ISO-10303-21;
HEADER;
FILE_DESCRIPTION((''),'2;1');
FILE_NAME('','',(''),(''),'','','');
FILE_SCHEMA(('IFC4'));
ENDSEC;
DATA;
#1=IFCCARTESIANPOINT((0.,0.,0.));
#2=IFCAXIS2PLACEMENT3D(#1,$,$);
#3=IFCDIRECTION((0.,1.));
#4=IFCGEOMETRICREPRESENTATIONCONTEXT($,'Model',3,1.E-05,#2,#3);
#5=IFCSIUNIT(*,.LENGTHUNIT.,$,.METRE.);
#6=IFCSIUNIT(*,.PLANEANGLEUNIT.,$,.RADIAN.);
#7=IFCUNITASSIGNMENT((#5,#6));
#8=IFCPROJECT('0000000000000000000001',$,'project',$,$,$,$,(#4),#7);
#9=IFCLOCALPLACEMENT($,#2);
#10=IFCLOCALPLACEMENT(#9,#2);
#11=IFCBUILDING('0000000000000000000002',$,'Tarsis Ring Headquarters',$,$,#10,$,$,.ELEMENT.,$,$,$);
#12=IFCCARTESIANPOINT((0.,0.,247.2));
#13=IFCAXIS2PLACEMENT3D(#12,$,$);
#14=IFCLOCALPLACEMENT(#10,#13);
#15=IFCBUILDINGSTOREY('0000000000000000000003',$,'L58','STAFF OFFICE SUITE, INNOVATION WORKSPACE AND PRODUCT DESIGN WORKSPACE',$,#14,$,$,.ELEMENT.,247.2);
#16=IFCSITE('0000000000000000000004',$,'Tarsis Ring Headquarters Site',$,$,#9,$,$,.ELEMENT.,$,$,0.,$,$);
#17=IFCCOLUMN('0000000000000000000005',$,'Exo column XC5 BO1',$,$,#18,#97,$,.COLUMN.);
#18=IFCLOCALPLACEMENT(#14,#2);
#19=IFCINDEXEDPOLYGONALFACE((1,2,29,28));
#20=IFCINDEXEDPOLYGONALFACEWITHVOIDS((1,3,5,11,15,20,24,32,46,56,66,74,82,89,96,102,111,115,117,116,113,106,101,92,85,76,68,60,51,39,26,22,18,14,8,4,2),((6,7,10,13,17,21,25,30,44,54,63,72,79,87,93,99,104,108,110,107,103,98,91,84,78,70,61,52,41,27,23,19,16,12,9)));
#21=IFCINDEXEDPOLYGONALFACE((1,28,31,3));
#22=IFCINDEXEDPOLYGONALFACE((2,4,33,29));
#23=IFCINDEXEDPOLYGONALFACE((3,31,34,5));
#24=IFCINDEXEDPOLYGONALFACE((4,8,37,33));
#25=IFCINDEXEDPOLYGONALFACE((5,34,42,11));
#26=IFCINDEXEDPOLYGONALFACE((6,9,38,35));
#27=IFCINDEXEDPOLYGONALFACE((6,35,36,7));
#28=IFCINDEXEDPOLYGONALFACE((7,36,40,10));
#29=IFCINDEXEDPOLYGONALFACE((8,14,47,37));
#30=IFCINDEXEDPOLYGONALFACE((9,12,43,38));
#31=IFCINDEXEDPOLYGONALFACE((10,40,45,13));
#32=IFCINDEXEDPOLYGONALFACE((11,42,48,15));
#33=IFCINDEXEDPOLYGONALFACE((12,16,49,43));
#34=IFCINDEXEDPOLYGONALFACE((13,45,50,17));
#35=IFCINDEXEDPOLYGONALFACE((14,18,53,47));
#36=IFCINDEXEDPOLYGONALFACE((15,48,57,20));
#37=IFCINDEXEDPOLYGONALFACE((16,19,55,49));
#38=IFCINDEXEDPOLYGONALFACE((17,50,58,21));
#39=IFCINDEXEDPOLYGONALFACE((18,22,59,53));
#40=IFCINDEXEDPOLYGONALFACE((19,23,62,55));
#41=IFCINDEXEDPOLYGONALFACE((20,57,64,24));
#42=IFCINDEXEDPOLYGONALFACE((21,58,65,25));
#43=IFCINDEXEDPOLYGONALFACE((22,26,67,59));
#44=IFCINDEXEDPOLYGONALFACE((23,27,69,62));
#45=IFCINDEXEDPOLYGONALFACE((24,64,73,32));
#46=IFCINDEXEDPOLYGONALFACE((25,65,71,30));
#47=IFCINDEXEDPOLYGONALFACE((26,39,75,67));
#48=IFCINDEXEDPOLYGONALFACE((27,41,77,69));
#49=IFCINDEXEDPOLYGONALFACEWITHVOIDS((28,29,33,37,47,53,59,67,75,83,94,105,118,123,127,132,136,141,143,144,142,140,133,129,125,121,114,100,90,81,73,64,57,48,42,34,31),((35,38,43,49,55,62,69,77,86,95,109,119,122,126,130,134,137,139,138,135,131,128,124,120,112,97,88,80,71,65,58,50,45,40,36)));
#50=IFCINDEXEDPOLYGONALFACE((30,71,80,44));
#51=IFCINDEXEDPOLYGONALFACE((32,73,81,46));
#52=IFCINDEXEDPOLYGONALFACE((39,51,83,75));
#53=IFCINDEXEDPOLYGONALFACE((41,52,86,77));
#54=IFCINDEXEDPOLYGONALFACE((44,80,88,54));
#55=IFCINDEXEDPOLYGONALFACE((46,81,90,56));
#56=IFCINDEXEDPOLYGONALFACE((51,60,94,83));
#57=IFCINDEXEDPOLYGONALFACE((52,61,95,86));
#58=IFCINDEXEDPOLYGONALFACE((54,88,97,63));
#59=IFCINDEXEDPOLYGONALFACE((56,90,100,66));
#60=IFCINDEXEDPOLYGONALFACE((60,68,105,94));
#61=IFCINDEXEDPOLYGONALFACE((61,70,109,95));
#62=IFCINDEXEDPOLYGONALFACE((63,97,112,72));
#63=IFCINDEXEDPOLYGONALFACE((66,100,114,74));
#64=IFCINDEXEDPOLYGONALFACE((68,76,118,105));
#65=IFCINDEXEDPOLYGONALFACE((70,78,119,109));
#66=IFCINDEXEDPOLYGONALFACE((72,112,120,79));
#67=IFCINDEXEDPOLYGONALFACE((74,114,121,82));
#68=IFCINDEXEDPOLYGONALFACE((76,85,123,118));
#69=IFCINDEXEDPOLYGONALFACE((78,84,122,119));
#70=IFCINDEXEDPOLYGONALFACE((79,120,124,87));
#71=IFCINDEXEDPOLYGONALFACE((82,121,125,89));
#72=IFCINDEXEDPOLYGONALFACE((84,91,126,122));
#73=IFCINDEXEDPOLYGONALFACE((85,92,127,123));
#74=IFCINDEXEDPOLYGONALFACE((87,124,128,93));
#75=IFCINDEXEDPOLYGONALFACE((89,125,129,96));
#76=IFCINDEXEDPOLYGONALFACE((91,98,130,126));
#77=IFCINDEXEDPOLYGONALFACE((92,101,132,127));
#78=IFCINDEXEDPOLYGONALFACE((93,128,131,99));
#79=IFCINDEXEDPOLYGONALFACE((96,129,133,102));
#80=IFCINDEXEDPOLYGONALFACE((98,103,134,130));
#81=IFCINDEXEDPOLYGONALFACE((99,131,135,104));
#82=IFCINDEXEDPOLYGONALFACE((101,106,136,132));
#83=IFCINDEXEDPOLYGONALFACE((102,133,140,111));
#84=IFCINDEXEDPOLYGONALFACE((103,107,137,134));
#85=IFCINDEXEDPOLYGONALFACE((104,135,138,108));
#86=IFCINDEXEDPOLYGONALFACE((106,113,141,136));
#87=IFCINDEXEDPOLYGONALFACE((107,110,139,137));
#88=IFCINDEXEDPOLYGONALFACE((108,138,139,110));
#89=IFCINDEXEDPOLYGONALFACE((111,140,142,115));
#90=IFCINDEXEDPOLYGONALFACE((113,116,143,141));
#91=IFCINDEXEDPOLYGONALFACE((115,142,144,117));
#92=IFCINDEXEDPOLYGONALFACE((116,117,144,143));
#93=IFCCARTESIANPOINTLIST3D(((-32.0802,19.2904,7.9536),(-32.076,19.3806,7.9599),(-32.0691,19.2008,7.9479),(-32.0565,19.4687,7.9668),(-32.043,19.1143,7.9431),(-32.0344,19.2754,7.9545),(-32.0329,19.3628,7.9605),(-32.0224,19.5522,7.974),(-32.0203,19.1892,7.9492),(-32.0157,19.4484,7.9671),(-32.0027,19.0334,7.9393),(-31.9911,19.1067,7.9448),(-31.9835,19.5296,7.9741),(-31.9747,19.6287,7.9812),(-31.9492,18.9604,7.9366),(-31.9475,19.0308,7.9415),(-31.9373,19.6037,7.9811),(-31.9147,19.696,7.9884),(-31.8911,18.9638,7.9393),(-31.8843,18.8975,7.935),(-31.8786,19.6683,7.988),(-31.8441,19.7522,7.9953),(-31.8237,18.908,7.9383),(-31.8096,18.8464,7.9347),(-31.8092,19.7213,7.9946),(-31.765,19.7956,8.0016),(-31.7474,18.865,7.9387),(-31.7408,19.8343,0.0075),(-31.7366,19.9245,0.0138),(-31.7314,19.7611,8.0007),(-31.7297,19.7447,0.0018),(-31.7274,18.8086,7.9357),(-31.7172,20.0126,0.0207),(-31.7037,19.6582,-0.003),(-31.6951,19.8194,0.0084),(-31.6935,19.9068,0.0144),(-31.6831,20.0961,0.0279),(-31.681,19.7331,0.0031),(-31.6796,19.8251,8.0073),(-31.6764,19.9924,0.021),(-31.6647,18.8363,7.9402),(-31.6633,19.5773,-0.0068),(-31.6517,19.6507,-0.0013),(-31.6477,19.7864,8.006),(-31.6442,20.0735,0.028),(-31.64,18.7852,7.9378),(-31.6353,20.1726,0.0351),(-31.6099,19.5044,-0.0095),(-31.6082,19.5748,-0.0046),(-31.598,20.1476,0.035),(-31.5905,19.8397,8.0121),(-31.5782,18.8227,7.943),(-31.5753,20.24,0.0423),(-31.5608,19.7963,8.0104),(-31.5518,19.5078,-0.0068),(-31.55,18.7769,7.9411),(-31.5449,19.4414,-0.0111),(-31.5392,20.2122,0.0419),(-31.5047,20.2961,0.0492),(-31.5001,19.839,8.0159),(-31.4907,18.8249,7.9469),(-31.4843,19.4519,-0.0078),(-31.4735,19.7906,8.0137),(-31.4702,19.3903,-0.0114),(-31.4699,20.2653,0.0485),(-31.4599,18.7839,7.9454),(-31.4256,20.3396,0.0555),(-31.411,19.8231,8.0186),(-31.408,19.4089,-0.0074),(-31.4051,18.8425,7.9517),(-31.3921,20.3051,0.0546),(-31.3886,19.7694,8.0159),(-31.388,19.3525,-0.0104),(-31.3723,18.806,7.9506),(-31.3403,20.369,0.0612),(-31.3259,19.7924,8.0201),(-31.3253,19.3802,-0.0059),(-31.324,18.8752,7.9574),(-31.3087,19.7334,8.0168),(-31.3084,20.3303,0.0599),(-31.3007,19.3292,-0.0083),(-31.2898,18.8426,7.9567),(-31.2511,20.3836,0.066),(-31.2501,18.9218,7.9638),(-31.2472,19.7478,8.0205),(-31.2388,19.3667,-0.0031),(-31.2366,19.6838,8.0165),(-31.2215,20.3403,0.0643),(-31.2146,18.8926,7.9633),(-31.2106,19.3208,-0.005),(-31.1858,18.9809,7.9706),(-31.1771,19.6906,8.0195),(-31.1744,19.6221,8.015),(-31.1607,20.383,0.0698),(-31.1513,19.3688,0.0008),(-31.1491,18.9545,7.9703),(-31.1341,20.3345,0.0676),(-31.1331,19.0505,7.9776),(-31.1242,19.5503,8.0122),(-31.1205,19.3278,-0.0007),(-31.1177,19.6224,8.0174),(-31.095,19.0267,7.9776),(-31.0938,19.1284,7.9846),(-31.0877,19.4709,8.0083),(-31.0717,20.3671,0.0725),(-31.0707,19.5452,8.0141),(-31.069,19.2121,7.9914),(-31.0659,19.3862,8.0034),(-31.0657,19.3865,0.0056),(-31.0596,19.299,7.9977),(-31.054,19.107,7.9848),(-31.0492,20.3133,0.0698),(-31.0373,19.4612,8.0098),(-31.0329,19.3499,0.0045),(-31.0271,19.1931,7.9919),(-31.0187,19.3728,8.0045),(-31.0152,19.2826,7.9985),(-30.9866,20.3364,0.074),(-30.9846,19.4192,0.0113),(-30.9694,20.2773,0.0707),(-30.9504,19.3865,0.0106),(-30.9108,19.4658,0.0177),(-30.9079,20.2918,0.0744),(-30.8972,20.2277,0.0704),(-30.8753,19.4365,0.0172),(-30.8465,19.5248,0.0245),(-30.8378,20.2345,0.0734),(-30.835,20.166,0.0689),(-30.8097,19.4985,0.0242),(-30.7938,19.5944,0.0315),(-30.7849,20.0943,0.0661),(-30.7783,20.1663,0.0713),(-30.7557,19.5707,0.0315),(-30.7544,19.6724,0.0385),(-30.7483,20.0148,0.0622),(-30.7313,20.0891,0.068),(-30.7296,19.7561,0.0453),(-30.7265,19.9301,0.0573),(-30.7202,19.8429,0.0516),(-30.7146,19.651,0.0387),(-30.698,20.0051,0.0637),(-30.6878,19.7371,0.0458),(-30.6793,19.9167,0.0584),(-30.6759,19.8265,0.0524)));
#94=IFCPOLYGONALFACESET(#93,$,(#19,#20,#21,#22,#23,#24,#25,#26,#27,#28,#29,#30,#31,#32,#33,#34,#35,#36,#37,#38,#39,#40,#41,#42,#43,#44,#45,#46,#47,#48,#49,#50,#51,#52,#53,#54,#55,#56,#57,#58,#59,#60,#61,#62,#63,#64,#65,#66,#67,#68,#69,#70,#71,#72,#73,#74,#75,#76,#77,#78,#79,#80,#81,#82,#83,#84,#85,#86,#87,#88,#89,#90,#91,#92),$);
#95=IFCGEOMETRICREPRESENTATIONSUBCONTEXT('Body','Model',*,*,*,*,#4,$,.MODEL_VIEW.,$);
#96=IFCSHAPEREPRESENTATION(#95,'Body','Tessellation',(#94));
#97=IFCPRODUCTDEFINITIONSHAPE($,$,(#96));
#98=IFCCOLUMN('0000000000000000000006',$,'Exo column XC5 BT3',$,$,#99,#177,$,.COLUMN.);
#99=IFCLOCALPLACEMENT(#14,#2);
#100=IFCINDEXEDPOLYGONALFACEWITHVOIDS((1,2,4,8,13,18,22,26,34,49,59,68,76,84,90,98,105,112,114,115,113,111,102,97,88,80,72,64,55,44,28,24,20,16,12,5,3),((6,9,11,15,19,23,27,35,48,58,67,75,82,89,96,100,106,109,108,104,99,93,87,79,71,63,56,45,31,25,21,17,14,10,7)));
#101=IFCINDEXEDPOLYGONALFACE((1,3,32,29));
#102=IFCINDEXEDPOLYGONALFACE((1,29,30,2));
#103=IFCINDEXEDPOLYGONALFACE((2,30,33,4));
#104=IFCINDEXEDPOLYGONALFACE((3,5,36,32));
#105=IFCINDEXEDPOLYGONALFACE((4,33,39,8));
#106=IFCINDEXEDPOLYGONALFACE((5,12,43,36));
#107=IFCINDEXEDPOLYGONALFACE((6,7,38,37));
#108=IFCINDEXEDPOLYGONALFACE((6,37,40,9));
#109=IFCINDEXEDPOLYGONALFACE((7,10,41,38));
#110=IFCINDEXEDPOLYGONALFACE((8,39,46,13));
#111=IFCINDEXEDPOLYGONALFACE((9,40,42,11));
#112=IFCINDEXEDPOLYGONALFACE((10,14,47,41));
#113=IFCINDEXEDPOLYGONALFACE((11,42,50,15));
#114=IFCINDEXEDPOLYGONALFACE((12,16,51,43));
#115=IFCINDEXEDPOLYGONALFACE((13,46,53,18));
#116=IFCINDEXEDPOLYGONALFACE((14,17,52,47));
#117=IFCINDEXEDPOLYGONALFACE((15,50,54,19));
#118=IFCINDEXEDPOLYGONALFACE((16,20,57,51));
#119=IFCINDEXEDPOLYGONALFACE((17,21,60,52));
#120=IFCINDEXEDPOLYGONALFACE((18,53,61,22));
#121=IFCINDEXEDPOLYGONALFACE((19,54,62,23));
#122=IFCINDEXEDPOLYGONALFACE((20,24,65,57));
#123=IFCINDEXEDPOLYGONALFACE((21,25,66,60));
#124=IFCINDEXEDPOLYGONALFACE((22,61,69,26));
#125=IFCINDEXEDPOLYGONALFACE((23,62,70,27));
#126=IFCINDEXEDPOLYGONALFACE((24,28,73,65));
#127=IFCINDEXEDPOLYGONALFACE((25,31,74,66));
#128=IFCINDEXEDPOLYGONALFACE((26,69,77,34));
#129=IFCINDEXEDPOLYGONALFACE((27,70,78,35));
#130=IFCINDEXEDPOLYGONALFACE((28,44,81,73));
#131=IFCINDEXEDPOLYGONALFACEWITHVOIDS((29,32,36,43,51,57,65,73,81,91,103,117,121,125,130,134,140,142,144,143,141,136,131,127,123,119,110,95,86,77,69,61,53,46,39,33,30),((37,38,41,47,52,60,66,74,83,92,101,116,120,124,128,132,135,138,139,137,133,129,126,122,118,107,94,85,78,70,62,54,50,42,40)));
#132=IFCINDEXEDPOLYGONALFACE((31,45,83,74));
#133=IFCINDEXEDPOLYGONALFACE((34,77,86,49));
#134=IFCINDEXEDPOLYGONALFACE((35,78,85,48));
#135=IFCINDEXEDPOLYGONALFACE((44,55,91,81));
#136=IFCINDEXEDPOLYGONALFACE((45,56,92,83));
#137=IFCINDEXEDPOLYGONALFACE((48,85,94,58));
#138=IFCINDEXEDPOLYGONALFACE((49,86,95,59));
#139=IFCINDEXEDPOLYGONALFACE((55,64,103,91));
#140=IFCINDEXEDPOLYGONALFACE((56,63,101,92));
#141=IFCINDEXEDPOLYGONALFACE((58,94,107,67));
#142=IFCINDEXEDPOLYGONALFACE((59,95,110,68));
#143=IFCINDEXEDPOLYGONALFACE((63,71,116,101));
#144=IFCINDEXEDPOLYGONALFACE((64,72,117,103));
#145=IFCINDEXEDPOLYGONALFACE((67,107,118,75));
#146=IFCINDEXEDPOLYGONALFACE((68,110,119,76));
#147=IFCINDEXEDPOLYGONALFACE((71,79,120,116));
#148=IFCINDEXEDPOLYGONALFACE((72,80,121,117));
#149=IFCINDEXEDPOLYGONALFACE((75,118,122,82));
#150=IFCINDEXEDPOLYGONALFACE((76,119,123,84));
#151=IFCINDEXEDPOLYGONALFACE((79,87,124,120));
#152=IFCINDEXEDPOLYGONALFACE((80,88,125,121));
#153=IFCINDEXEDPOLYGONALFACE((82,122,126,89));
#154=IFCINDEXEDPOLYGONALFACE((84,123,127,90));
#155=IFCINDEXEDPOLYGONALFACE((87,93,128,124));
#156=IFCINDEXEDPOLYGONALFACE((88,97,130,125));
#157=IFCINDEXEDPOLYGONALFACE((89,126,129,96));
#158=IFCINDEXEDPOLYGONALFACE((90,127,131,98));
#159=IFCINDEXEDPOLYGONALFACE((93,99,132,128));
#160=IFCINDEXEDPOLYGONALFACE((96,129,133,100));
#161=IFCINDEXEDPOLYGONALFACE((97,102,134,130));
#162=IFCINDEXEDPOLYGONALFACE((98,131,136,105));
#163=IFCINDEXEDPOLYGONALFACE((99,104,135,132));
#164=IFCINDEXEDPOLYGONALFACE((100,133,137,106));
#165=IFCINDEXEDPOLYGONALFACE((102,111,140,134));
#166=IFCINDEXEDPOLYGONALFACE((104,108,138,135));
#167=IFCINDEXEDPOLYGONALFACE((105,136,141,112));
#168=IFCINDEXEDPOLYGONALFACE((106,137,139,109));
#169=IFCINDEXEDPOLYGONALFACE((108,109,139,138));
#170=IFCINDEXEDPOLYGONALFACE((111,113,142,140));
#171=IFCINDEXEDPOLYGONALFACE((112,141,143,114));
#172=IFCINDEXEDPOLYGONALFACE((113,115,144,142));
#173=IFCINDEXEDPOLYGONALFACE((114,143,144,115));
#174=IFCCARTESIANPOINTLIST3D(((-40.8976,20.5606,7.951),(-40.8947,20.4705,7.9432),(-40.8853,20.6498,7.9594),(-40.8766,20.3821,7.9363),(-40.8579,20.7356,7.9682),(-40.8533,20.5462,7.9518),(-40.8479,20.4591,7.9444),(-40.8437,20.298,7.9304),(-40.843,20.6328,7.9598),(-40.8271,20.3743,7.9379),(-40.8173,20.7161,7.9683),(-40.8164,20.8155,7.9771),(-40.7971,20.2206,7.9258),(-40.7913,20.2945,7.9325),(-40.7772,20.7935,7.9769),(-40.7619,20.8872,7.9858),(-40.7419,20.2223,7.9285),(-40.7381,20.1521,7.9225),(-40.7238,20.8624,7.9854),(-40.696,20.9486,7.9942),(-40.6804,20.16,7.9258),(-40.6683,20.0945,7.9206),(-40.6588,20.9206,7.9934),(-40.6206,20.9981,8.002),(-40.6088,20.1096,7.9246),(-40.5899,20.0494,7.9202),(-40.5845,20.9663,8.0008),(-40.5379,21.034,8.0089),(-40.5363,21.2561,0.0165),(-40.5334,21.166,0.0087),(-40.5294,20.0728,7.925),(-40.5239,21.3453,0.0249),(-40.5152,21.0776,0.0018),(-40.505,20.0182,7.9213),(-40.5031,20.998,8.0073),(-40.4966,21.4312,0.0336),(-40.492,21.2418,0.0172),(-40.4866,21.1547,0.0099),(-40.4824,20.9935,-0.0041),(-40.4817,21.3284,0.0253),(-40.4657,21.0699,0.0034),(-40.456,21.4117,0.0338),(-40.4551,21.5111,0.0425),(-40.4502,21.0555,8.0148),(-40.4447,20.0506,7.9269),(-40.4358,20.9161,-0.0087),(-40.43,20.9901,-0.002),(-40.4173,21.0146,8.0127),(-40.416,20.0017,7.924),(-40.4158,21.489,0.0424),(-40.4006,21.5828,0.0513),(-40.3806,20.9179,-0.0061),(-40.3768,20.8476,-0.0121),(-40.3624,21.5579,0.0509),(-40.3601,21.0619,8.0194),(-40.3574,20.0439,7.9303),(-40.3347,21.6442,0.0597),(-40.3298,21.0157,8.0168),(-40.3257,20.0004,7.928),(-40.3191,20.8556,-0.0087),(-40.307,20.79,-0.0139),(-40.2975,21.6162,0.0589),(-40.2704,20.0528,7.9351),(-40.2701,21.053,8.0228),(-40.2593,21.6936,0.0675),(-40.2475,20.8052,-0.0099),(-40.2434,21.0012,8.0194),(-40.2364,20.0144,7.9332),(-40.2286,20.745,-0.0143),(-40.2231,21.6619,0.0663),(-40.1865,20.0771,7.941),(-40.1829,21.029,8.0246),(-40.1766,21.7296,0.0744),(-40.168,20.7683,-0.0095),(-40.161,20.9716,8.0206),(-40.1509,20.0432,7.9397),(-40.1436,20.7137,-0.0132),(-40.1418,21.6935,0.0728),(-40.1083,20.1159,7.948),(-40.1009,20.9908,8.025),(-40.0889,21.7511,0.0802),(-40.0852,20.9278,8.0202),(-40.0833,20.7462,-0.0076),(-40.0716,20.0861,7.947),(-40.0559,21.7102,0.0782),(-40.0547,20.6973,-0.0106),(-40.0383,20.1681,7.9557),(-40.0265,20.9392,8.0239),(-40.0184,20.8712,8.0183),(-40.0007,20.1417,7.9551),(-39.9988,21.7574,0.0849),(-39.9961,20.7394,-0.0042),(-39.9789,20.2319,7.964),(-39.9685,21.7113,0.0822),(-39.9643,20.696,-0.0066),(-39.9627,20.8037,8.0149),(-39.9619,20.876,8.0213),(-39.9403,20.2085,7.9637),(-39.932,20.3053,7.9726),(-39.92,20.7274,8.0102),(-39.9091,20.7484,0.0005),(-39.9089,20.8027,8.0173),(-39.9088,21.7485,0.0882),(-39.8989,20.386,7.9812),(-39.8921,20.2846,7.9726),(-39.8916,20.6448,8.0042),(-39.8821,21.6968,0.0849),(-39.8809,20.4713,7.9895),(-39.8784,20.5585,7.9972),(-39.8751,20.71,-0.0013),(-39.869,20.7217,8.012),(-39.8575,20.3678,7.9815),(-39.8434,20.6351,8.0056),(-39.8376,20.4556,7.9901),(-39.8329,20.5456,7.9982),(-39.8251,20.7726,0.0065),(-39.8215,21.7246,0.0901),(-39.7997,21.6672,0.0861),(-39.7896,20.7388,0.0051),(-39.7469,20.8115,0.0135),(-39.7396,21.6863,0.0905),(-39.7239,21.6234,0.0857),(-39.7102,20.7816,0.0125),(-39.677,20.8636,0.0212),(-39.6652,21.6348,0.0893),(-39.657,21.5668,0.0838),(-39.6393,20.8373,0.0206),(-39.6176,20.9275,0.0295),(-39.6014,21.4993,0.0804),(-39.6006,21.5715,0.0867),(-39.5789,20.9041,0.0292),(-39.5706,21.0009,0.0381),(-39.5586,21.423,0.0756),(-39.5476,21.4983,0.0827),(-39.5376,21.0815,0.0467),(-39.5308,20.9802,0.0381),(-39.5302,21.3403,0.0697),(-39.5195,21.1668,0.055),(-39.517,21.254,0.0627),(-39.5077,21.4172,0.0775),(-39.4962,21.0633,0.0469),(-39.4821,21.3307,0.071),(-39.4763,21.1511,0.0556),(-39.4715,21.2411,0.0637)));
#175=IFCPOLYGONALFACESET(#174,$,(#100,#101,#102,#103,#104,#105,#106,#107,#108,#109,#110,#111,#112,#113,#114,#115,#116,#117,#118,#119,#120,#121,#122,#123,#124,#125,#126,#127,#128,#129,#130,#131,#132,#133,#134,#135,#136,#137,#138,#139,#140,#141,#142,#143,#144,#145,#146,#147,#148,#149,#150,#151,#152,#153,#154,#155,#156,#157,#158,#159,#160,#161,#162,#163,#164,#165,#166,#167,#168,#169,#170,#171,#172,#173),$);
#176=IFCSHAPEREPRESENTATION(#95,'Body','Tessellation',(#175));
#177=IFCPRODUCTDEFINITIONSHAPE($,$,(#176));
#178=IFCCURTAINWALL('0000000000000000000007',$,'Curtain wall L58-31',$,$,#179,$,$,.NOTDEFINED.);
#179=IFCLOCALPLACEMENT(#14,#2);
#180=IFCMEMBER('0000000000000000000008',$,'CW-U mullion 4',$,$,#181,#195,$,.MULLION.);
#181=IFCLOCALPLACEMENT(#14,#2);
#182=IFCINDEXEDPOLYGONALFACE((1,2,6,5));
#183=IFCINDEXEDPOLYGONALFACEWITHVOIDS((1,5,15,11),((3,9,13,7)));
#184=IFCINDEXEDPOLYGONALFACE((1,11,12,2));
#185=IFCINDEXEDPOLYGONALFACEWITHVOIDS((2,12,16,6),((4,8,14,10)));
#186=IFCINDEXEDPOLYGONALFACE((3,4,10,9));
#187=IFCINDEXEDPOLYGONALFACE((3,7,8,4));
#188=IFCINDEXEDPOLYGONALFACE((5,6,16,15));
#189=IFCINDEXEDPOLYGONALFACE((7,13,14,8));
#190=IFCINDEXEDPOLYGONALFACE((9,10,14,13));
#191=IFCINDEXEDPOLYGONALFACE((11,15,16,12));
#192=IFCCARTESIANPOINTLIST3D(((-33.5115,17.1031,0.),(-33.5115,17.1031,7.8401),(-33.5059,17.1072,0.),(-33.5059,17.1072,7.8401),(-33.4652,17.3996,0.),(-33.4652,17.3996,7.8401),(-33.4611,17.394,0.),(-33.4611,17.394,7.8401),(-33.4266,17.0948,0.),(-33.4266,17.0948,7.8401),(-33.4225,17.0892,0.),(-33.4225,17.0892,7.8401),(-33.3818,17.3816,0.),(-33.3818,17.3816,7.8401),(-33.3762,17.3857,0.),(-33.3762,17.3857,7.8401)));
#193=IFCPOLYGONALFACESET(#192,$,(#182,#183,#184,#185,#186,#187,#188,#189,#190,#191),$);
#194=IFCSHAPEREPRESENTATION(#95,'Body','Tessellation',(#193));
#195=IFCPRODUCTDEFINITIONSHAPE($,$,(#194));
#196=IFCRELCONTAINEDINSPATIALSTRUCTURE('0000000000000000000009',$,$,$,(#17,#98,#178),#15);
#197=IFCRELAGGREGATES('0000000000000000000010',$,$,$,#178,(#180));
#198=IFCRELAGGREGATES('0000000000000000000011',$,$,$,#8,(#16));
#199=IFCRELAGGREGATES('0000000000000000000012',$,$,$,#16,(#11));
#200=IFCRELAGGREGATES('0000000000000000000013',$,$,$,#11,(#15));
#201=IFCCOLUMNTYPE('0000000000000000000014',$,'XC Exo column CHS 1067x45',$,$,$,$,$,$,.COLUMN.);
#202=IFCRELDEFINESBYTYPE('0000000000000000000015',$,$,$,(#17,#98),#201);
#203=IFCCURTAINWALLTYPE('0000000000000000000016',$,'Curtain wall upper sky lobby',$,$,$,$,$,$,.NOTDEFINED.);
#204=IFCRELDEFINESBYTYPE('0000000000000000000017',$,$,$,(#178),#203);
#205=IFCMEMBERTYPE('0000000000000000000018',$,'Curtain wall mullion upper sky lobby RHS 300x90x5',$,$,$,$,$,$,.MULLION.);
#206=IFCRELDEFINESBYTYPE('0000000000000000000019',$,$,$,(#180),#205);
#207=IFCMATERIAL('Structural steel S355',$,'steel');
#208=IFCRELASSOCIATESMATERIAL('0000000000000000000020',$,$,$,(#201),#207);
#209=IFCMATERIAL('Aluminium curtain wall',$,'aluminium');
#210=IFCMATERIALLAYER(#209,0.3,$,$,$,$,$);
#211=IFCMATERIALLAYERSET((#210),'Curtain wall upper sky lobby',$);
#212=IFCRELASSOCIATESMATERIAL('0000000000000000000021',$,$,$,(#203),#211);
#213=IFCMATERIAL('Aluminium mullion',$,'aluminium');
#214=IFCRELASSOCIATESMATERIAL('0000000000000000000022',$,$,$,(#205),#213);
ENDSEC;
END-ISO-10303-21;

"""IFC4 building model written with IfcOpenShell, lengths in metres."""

from ifc_helpers import new_model, si_unit, direction, frame, origin, origin_2d, place, context, subcontext, project, spatial, hollow_rectangle, hollow_circle, extrude, material, layer, layer_set, material_profile, profile_set, type_object, element, aggregate, save


model = new_model("IFC4")

# Units and contexts
model_context = context("Model", 3, precision=1e-05, world=origin(), true_north=direction((0.0, 1.0)))
body_context = subcontext(model_context, "Body", "Model", "MODEL_VIEW")
ifc_project = project(units=[si_unit("LENGTHUNIT", "METRE"), si_unit("PLANEANGLEUNIT", "RADIAN")], contexts=[model_context])

# Site, building, storey
site_placement = place(None, origin())
site = spatial("IfcSite", under=ifc_project, at=site_placement, Name="Tarsis Ring Headquarters Site", CompositionType="ELEMENT", RefElevation=0.0)
building_placement = place(site_placement, origin())
building = spatial("IfcBuilding", under=site, at=building_placement, Name="Tarsis Ring Headquarters", CompositionType="ELEMENT")
storey_placement = place(building_placement, frame((0.0, 0.0, 247.2)))
storey = spatial("IfcBuildingStorey", under=building, at=storey_placement, Name="L58", Description="STAFF OFFICE SUITE, INNOVATION WORKSPACE AND PRODUCT DESIGN WORKSPACE", CompositionType="ELEMENT", Elevation=247.2)

# Columns
ifc_material_1 = material(Name="Structural steel S355", Category="steel")
ifc_material_profile_1 = material_profile(ifc_material_1, hollow_circle(Radius=0.5334, WallThickness=0.0449, at=origin_2d()), Name="CHS 1067x45")
ifc_profile_set_1 = profile_set([ifc_material_profile_1], Name="Structural steel S355")
column_type = type_object("IfcColumnType", Name="XC Exo column CHS 1067x45", PredefinedType="COLUMN", material=ifc_profile_set_1)
column_1_placement = place(storey_placement, frame((-31.2083, 19.853, 0.0315), z_axis=(-0.042569, -0.068233, 0.996761), x_axis=(0.848426, -0.529314, 0.0)))
element("IfcColumn", 1, at=column_1_placement, inside=storey, type_object=column_type, Name="Exo column XC5 BO1", PredefinedType="COLUMN", context=body_context, shape_type="SweptSolid", body=[
    extrude(hollow_circle(Radius=0.5334, WallThickness=0.0449, at=origin_2d()), origin(), (0.0, 0.0, 1.0), 7.9719),
])
column_2_placement = place(storey_placement, frame((-40.0042, 21.2261, 0.0381), z_axis=(-0.045318, -0.087237, 0.995156), x_axis=(0.887405, -0.46099, 0.0)))
element("IfcColumn", 2, at=column_2_placement, inside=storey, type_object=column_type, Name="Exo column XC5 BT3", PredefinedType="COLUMN", context=body_context, shape_type="SweptSolid", body=[
    extrude(hollow_circle(Radius=0.5334, WallThickness=0.0449, at=origin_2d()), origin(), (0.0, 0.0, 1.0), 7.9731),
])

# Curtain wall, member
ifc_material_2 = material(Name="Aluminium curtain wall", Category="aluminium")
ifc_layer_1 = layer(ifc_material_2, 0.3)
ifc_layer_set_1 = layer_set([ifc_layer_1], Name="Curtain wall upper sky lobby")
curtain_wall_type = type_object("IfcCurtainWallType", Name="Curtain wall upper sky lobby", PredefinedType="NOTDEFINED", material=ifc_layer_set_1)
curtain_wall_placement = place(storey_placement, origin())
curtain_wall = element("IfcCurtainWall", 3, at=curtain_wall_placement, inside=storey, type_object=curtain_wall_type, Name="Curtain wall L58-31", PredefinedType="NOTDEFINED")
ifc_material_3 = material(Name="Aluminium mullion", Category="aluminium")
ifc_material_profile_2 = material_profile(ifc_material_3, hollow_rectangle(XDim=0.3, YDim=0.0901, WallThickness=0.0049, at=origin_2d()), Name="RHS 300x90x5")
ifc_profile_set_2 = profile_set([ifc_material_profile_2], Name="Aluminium mullion")
member_type = type_object("IfcMemberType", Name="Curtain wall mullion upper sky lobby RHS 300x90x5", PredefinedType="MULLION", material=ifc_profile_set_2)
member_placement = place(storey_placement, frame((-33.4438, 17.2444, 0.0), z_axis=(0.0, 0.0, 1.0), x_axis=(-0.154366, -0.988014, 0.0)))
member = element("IfcMember", 4, at=member_placement, type_object=member_type, Name="CW-U mullion 4", PredefinedType="MULLION", context=body_context, shape_type="SweptSolid", body=[
    extrude(hollow_rectangle(XDim=0.3, YDim=0.0901, WallThickness=0.0049, at=origin_2d()), origin(), (0.0, 0.0, 1.0), 7.8401),
])

aggregate(curtain_wall, [member])

save(model, "model.ifc")
